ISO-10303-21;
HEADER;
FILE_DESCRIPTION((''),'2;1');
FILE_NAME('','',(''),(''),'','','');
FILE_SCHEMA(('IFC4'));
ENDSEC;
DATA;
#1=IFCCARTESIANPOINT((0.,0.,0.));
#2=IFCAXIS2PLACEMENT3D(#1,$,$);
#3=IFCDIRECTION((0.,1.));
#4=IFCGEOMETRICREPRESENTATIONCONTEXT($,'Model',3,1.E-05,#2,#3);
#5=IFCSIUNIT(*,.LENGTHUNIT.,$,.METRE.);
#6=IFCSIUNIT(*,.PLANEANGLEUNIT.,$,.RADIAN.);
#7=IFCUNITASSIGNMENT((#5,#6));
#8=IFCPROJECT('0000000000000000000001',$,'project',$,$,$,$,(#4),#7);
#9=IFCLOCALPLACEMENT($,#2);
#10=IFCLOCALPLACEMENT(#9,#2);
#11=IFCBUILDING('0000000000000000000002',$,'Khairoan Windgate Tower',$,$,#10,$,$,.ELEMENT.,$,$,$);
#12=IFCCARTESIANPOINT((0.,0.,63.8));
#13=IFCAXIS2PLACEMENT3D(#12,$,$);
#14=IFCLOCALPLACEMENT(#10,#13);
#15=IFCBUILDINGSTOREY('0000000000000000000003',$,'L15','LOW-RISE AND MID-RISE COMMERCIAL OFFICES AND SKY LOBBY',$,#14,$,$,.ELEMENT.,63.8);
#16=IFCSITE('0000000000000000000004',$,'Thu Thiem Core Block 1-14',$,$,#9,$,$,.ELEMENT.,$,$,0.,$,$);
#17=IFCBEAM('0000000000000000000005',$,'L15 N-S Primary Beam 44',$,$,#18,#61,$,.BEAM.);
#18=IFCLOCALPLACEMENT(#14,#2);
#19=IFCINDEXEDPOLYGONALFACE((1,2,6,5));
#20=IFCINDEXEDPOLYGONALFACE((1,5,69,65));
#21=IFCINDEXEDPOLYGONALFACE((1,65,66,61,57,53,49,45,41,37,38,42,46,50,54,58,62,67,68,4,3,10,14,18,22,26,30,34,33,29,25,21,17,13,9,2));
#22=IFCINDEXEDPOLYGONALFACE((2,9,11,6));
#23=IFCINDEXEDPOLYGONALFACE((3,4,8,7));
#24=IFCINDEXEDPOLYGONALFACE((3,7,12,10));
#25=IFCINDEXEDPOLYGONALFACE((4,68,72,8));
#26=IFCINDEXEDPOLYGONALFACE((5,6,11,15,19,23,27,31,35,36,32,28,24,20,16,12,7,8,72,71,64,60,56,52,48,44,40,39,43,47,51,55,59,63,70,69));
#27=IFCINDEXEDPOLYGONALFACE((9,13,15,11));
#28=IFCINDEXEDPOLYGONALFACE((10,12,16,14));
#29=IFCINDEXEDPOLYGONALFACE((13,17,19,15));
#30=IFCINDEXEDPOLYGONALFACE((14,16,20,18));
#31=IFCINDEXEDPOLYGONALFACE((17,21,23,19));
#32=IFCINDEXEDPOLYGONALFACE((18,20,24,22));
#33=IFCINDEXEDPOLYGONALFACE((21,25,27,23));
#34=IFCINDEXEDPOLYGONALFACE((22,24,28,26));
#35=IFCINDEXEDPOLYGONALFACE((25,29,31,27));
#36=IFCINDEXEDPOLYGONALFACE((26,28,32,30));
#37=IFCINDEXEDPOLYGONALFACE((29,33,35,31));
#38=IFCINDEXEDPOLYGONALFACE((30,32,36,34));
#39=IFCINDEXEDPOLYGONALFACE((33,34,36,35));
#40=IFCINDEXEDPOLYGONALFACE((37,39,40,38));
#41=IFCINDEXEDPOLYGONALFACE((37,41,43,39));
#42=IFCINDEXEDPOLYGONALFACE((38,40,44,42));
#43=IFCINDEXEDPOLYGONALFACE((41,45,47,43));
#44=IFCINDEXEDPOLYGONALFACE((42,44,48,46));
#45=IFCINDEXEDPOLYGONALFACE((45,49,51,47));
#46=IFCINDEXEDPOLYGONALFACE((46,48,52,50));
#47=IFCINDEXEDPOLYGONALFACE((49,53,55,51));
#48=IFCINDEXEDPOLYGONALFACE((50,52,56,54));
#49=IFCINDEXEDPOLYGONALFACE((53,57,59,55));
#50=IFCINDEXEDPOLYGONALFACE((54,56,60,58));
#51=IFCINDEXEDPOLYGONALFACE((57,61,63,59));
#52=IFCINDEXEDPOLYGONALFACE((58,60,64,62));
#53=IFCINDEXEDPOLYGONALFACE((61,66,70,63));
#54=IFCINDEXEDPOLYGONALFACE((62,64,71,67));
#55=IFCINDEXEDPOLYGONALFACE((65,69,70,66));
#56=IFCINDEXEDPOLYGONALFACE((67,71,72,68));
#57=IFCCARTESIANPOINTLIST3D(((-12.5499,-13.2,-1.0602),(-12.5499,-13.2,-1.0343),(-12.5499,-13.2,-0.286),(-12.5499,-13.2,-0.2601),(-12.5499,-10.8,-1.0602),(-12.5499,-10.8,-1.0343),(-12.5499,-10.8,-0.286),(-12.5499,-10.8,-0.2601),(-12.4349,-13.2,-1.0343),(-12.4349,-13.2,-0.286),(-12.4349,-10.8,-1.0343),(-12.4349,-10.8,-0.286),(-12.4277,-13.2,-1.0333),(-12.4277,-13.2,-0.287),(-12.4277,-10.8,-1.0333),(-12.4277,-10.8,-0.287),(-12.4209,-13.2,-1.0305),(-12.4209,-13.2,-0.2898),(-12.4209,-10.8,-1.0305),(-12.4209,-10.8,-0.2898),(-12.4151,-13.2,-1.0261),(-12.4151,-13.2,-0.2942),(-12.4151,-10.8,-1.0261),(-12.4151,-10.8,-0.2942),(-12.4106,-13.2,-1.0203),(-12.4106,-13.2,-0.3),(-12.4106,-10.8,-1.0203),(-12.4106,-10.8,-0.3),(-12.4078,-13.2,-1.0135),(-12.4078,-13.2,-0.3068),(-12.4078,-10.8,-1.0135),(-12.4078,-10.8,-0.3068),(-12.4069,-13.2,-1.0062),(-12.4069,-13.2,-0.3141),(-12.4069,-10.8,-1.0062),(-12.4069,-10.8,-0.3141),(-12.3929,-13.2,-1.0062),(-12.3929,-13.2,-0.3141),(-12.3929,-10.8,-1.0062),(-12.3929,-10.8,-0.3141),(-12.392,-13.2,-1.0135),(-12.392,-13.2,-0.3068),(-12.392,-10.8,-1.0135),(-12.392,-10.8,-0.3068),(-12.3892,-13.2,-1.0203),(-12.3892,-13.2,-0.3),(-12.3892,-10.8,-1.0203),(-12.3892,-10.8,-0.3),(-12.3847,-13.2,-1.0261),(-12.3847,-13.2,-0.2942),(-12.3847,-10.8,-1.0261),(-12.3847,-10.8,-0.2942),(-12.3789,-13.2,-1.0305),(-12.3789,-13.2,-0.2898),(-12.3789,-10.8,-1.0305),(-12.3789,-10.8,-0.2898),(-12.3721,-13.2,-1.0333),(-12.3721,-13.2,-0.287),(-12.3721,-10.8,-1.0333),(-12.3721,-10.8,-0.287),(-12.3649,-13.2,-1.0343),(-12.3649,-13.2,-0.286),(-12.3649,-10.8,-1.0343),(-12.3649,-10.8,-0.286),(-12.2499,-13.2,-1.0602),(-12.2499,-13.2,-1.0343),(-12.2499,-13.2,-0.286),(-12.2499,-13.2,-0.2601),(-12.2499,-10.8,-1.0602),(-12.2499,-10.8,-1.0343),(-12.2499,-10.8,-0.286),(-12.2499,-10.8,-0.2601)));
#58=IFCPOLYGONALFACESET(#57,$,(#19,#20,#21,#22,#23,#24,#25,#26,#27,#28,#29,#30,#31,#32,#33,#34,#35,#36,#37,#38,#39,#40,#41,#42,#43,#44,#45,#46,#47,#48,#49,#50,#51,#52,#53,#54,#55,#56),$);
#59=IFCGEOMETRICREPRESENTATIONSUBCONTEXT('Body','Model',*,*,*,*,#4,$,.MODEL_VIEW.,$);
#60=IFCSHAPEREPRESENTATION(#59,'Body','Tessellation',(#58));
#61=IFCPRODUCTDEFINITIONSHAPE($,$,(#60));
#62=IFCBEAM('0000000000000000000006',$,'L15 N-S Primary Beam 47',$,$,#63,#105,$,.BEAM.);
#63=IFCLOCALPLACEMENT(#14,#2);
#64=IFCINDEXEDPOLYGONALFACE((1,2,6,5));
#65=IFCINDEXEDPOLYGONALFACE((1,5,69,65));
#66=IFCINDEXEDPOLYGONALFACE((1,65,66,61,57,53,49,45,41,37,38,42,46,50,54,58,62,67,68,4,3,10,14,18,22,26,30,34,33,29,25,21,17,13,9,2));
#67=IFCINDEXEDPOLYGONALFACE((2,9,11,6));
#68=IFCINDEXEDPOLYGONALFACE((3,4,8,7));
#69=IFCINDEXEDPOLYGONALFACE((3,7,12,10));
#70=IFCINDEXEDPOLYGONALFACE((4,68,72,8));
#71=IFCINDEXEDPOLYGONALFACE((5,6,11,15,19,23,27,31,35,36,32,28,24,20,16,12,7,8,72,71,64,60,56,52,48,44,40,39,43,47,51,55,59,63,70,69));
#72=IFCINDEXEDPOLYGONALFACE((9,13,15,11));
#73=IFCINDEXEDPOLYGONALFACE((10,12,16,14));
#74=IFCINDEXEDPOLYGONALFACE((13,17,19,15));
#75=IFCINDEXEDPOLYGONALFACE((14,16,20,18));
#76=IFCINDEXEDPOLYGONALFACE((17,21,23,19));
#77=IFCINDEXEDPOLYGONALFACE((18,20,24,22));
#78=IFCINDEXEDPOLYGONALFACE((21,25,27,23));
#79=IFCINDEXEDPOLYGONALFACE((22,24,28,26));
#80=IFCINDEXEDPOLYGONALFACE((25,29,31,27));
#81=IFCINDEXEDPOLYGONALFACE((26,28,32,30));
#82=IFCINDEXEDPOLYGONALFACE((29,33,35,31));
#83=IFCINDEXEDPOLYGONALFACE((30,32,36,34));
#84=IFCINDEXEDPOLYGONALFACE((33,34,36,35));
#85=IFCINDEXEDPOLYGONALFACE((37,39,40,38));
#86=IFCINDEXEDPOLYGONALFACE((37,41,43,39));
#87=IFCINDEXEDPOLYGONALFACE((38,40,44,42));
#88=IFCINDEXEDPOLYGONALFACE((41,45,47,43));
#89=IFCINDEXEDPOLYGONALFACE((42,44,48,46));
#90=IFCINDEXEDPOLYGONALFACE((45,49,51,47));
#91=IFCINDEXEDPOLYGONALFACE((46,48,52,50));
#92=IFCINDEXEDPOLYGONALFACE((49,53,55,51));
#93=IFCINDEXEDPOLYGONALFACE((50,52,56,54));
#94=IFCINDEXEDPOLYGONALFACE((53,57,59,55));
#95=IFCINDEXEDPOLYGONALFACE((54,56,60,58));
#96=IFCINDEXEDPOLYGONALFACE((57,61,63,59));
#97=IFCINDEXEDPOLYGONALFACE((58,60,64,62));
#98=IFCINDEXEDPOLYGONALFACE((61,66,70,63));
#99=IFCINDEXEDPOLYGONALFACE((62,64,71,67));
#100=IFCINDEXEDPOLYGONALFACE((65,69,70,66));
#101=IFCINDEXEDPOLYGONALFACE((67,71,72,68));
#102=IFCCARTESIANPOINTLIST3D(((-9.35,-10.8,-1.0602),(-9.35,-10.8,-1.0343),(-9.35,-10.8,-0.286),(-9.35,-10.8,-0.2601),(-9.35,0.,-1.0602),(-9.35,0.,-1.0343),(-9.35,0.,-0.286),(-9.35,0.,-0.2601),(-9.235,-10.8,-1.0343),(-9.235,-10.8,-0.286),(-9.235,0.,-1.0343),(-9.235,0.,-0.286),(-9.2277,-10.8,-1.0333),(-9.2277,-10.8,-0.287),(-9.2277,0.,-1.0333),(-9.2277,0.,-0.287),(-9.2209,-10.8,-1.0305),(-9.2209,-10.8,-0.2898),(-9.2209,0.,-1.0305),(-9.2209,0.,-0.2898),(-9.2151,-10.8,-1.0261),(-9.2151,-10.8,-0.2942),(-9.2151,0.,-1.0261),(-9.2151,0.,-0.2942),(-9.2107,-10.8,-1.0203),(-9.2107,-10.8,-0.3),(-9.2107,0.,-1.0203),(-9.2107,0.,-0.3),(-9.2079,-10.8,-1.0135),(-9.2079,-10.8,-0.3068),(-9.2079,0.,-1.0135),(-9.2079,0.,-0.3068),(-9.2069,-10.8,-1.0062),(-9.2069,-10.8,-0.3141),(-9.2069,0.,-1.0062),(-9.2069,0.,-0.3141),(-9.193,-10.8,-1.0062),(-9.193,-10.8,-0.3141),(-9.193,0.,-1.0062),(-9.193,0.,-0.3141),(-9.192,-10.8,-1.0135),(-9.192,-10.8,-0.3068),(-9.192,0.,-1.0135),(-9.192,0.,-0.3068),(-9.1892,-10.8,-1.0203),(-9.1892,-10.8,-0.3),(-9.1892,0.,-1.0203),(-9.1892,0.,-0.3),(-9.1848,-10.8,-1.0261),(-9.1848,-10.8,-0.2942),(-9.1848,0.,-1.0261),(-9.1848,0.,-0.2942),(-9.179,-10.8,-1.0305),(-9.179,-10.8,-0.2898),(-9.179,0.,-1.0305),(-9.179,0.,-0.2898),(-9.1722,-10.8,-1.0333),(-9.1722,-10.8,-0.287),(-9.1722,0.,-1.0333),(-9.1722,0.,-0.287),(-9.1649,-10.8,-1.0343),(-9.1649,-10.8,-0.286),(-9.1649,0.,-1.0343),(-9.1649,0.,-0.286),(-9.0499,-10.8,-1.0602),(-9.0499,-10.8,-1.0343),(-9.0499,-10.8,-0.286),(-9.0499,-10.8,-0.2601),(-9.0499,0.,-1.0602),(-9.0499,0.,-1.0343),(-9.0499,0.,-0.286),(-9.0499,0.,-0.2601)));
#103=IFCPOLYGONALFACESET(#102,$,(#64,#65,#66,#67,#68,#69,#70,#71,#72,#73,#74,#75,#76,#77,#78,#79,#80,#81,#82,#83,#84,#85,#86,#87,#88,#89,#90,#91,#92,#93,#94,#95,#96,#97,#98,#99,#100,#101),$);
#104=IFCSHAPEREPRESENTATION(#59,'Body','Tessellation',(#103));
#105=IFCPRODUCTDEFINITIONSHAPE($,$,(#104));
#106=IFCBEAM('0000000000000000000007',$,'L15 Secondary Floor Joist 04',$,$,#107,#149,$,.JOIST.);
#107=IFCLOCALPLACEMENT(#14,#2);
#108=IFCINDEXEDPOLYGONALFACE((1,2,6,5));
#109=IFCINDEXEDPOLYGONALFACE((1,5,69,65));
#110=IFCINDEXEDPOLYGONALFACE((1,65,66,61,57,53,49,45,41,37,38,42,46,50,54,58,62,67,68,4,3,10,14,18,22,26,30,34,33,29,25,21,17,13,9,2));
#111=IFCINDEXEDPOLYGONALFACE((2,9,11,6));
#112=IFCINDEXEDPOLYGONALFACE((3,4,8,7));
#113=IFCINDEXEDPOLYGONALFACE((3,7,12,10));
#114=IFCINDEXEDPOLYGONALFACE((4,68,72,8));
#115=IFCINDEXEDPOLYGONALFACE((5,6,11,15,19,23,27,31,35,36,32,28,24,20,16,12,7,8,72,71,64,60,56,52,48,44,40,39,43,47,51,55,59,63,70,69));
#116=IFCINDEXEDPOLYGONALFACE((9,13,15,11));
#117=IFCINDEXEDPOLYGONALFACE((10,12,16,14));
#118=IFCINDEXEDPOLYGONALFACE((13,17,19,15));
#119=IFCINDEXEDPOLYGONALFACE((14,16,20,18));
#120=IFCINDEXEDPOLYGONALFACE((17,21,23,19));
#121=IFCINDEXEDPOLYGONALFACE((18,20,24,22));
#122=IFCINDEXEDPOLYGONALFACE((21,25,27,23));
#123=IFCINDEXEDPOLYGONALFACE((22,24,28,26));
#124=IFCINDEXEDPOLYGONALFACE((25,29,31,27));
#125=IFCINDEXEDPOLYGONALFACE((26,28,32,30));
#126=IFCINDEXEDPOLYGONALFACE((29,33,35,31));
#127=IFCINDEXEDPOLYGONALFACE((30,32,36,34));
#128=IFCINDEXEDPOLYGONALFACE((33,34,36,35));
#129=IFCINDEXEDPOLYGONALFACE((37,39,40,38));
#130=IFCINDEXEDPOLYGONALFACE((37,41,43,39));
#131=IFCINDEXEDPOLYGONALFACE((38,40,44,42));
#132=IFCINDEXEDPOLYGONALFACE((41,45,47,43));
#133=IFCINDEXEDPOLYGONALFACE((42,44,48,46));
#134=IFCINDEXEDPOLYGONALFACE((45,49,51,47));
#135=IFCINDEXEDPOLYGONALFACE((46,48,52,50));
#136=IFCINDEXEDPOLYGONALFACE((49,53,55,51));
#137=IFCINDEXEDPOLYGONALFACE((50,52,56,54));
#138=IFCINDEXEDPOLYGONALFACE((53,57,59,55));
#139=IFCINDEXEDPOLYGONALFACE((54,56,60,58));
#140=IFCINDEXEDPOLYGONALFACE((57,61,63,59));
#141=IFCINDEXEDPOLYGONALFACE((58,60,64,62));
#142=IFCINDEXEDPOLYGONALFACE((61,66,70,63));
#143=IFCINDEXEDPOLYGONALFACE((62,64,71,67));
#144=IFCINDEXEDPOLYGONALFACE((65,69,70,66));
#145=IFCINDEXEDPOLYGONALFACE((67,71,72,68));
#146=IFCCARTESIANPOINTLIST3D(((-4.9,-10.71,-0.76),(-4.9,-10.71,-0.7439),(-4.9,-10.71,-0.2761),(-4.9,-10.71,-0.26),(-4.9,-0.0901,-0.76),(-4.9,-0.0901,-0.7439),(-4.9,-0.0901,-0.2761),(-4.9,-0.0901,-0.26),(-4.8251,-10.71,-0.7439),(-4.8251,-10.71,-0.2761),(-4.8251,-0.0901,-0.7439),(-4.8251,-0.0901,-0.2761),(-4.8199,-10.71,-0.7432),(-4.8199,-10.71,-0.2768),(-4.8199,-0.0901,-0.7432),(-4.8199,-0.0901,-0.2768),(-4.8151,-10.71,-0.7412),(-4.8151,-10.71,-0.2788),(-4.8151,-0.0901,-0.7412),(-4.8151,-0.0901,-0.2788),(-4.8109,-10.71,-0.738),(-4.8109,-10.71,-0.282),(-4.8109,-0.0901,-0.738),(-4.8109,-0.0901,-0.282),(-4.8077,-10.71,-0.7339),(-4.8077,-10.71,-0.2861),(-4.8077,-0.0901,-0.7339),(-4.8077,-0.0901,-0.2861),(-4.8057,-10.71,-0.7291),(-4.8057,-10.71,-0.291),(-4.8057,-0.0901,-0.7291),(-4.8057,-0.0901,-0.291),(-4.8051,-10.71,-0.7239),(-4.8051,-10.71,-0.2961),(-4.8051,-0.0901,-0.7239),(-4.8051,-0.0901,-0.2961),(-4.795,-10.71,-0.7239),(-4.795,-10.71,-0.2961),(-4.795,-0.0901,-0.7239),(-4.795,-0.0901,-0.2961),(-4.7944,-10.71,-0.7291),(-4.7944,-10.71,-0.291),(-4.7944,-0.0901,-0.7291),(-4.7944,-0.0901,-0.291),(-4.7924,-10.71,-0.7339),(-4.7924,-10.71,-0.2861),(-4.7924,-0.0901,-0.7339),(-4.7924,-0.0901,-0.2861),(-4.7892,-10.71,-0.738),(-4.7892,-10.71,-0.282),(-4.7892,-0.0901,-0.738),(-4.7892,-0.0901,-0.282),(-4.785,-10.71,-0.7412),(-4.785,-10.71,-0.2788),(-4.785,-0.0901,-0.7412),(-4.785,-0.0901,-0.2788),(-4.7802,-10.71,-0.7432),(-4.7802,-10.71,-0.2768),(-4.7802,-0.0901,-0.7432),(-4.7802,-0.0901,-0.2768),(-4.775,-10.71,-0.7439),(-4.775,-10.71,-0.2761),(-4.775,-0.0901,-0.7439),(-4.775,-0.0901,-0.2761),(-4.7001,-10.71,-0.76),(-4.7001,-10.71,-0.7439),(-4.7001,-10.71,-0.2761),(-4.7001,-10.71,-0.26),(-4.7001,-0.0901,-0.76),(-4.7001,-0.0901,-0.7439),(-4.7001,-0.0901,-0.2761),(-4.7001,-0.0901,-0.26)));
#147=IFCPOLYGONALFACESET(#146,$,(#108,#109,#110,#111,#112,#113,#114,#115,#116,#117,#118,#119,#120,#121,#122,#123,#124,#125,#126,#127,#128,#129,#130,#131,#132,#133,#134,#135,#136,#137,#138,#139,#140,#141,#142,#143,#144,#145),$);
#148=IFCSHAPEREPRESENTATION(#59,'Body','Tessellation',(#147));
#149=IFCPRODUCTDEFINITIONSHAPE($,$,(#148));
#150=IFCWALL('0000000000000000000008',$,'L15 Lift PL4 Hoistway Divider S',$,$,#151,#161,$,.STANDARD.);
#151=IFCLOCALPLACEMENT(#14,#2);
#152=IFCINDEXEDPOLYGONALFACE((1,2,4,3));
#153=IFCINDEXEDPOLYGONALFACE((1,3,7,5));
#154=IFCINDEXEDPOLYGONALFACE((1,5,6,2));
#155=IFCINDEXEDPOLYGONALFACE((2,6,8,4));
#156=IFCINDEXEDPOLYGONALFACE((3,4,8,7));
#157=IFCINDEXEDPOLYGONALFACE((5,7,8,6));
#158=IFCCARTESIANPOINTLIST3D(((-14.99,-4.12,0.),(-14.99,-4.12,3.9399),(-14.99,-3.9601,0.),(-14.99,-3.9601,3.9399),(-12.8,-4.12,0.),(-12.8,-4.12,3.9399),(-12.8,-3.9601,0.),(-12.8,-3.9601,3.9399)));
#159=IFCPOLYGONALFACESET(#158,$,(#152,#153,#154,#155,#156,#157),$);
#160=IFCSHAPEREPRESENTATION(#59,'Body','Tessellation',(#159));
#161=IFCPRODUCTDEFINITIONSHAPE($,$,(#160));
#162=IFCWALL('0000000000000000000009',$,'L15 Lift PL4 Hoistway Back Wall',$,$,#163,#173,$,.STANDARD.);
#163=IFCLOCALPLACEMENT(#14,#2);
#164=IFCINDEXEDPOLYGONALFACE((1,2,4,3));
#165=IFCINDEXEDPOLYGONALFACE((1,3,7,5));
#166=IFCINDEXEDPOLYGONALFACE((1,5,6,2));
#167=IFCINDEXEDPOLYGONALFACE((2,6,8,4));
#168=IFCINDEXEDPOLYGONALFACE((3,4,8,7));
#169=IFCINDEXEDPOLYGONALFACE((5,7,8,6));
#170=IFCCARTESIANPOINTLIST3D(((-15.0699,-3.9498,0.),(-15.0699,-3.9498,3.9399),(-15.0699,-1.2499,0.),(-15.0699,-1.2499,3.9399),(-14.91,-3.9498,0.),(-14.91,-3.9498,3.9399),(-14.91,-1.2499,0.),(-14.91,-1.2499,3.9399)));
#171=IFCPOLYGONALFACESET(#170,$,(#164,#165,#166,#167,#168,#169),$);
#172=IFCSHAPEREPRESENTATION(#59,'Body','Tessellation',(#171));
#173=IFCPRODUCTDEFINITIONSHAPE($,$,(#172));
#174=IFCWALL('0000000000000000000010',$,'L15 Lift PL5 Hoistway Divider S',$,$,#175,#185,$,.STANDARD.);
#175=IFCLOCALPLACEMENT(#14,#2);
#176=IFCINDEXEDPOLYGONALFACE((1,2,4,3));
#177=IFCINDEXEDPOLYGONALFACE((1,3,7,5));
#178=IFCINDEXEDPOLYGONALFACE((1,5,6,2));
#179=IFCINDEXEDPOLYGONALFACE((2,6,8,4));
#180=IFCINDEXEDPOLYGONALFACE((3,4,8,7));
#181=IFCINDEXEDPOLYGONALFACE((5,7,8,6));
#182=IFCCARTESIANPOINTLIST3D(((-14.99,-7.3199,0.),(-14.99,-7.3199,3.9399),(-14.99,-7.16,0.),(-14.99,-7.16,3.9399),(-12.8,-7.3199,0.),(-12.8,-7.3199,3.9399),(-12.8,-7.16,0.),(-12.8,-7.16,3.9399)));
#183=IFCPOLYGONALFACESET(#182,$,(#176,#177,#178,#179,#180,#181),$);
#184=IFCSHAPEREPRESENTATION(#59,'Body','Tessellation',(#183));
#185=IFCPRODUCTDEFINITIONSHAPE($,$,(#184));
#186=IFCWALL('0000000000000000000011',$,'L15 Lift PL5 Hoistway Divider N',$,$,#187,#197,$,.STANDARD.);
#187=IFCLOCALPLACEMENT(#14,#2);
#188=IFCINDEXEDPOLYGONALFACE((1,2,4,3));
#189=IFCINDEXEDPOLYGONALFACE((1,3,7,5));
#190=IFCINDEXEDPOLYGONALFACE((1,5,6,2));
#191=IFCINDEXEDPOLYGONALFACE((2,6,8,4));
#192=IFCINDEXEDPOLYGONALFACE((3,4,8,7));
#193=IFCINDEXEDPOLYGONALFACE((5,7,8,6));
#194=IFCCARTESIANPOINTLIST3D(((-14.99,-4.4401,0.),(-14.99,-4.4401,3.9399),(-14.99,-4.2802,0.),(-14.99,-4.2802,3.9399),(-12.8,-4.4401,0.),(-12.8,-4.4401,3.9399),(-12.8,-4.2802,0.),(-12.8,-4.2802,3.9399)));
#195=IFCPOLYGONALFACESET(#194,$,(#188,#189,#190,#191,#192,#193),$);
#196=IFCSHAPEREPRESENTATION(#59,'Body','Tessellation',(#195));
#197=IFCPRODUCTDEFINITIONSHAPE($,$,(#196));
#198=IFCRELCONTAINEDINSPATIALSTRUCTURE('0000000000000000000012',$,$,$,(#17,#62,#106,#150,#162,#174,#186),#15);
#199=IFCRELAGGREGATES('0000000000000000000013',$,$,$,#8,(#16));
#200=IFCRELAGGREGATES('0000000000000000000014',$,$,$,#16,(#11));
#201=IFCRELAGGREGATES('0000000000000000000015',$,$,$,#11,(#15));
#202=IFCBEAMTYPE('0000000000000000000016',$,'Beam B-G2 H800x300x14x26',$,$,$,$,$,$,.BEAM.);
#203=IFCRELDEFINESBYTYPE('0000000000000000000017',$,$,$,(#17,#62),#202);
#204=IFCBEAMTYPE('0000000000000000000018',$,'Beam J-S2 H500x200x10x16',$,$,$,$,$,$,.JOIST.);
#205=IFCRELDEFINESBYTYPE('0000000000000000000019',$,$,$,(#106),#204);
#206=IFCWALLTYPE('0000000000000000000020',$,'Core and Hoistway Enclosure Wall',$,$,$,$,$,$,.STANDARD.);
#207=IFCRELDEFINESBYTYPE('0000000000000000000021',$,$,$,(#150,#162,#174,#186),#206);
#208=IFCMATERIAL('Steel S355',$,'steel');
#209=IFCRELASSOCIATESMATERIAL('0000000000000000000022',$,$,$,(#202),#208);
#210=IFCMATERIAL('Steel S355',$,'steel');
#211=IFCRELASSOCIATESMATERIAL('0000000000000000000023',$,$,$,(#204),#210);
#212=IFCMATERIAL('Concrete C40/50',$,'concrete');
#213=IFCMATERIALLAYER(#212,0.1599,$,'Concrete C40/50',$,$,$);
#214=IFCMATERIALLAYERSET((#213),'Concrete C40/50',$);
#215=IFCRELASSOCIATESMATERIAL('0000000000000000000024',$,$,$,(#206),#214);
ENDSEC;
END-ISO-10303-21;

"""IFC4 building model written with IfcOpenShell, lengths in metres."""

from ifc_helpers import new_model, si_unit, direction, frame, frame_2d, origin, origin_2d, place, context, subcontext, project, spatial, rectangle, i_section, extrude, material, layer, layer_set, material_profile, profile_set, type_object, element, save


model = new_model("IFC4")

# Units and contexts
model_context = context("Model", 3, precision=1e-05, world=origin(), true_north=direction((0.0, 1.0)))
body_context = subcontext(model_context, "Body", "Model", "MODEL_VIEW")
ifc_project = project(units=[si_unit("LENGTHUNIT", "METRE"), si_unit("PLANEANGLEUNIT", "RADIAN")], contexts=[model_context])

# Site, building, storey
site_placement = place(None, origin())
site = spatial("IfcSite", under=ifc_project, at=site_placement, Name="Thu Thiem Core Block 1-14", CompositionType="ELEMENT", RefElevation=0.0)
building_placement = place(site_placement, origin())
building = spatial("IfcBuilding", under=site, at=building_placement, Name="Khairoan Windgate Tower", CompositionType="ELEMENT")
storey_placement = place(building_placement, frame((0.0, 0.0, 63.8)))
storey = spatial("IfcBuildingStorey", under=building, at=storey_placement, Name="L15", Description="LOW-RISE AND MID-RISE COMMERCIAL OFFICES AND SKY LOBBY", CompositionType="ELEMENT", Elevation=63.8)

# Beams
ifc_material_1 = material(Name="Steel S355", Category="steel")
ifc_material_profile_1 = material_profile(ifc_material_1, i_section(OverallWidth=0.3, OverallDepth=0.8, WebThickness=0.0139, FlangeThickness=0.0259, FilletRadius=0.0281, at=origin_2d()))
ifc_profile_set_1 = profile_set([ifc_material_profile_1], Name="Steel S355")
beam_type_1 = type_object("IfcBeamType", Name="Beam B-G2 H800x300x14x26", PredefinedType="BEAM", material=ifc_profile_set_1)
beam_1_placement = place(storey_placement, frame((-12.3999, -13.2, -0.6602), z_axis=(0.0, 1.0, 0.0), x_axis=(-1.0, 0.0, 0.0)))
element("IfcBeam", 1, at=beam_1_placement, inside=storey, type_object=beam_type_1, Name="L15 N-S Primary Beam 44", PredefinedType="BEAM", context=body_context, shape_type="SweptSolid", body=[
    extrude(i_section(OverallWidth=0.3, OverallDepth=0.8, WebThickness=0.0139, FlangeThickness=0.0259, FilletRadius=0.0281, at=origin_2d()), origin(), (0.0, 0.0, 1.0), 2.3999),
])
beam_2_placement = place(storey_placement, frame((-9.2, -10.8, -0.6602), z_axis=(0.0, 1.0, 0.0), x_axis=(-1.0, 0.0, 0.0)))
element("IfcBeam", 2, at=beam_2_placement, inside=storey, type_object=beam_type_1, Name="L15 N-S Primary Beam 47", PredefinedType="BEAM", context=body_context, shape_type="SweptSolid", body=[
    extrude(i_section(OverallWidth=0.3, OverallDepth=0.8, WebThickness=0.0139, FlangeThickness=0.0259, FilletRadius=0.0281, at=origin_2d()), origin(), (0.0, 0.0, 1.0), 10.8),
])
ifc_material_2 = material(Name="Steel S355", Category="steel")
ifc_material_profile_2 = material_profile(ifc_material_2, i_section(OverallWidth=0.2, OverallDepth=0.5, WebThickness=0.01, FlangeThickness=0.0161, FilletRadius=0.02, at=origin_2d()))
ifc_profile_set_2 = profile_set([ifc_material_profile_2], Name="Steel S355")
beam_type_2 = type_object("IfcBeamType", Name="Beam J-S2 H500x200x10x16", PredefinedType="JOIST", material=ifc_profile_set_2)
beam_3_placement = place(storey_placement, frame((-4.8, -10.71, -0.51), z_axis=(0.0, 1.0, 0.0), x_axis=(-1.0, 0.0, 0.0)))
element("IfcBeam", 3, at=beam_3_placement, inside=storey, type_object=beam_type_2, Name="L15 Secondary Floor Joist 04", PredefinedType="JOIST", context=body_context, shape_type="SweptSolid", body=[
    extrude(i_section(OverallWidth=0.2, OverallDepth=0.5, WebThickness=0.01, FlangeThickness=0.0161, FilletRadius=0.02, at=origin_2d()), origin(), (0.0, 0.0, 1.0), 10.6199),
])

# Walls
ifc_material_3 = material(Name="Concrete C40/50", Category="concrete")
ifc_layer_1 = layer(ifc_material_3, 0.1599, Name="Concrete C40/50")
ifc_layer_set_1 = layer_set([ifc_layer_1], Name="Concrete C40/50")
wall_type_1 = type_object("IfcWallType", Name="Core and Hoistway Enclosure Wall", PredefinedType="STANDARD", material=ifc_layer_set_1)
wall_1_placement = place(storey_placement, frame((-14.99, -4.04, 0.0), z_axis=(0.0, 0.0, 1.0), x_axis=(1.0, 0.0, 0.0)))
element("IfcWall", 4, at=wall_1_placement, inside=storey, type_object=wall_type_1, Name="L15 Lift PL4 Hoistway Divider S", PredefinedType="STANDARD", context=body_context, shape_type="SweptSolid", body=[
    extrude(rectangle(XDim=2.1899, YDim=0.1599, at=frame_2d((1.095, 0.0))), origin(), (0.0, 0.0, 1.0), 3.9399),
])
wall_2_placement = place(storey_placement, frame((-14.99, -3.95, 0.0), z_axis=(0.0, 0.0, 1.0), x_axis=(0.0, 1.0, 0.0)))
element("IfcWall", 5, at=wall_2_placement, inside=storey, type_object=wall_type_1, Name="L15 Lift PL4 Hoistway Back Wall", PredefinedType="STANDARD", context=body_context, shape_type="SweptSolid", body=[
    extrude(rectangle(XDim=2.7, YDim=0.1599, at=frame_2d((1.3501, 0.0))), origin(), (0.0, 0.0, 1.0), 3.9399),
])
for number, where, z_axis, x_axis, name in (
    (6, (-14.99, -7.24, 0.0), (0.0, 0.0, 1.0), (1.0, 0.0, 0.0), "L15 Lift PL5 Hoistway Divider S"),
    (7, (-14.99, -4.3601, 0.0), (0.0, 0.0, 1.0), (1.0, 0.0, 0.0), "L15 Lift PL5 Hoistway Divider N"),
):
    element("IfcWall", number, at=place(storey_placement, frame(where, z_axis=z_axis, x_axis=x_axis)), inside=storey, type_object=wall_type_1, Name=name, PredefinedType="STANDARD", context=body_context, shape_type="SweptSolid", body=[
        extrude(rectangle(XDim=2.1899, YDim=0.1599, at=frame_2d((1.095, 0.0))), origin(), (0.0, 0.0, 1.0), 3.9399),
    ])

save(model, "model.ifc")
